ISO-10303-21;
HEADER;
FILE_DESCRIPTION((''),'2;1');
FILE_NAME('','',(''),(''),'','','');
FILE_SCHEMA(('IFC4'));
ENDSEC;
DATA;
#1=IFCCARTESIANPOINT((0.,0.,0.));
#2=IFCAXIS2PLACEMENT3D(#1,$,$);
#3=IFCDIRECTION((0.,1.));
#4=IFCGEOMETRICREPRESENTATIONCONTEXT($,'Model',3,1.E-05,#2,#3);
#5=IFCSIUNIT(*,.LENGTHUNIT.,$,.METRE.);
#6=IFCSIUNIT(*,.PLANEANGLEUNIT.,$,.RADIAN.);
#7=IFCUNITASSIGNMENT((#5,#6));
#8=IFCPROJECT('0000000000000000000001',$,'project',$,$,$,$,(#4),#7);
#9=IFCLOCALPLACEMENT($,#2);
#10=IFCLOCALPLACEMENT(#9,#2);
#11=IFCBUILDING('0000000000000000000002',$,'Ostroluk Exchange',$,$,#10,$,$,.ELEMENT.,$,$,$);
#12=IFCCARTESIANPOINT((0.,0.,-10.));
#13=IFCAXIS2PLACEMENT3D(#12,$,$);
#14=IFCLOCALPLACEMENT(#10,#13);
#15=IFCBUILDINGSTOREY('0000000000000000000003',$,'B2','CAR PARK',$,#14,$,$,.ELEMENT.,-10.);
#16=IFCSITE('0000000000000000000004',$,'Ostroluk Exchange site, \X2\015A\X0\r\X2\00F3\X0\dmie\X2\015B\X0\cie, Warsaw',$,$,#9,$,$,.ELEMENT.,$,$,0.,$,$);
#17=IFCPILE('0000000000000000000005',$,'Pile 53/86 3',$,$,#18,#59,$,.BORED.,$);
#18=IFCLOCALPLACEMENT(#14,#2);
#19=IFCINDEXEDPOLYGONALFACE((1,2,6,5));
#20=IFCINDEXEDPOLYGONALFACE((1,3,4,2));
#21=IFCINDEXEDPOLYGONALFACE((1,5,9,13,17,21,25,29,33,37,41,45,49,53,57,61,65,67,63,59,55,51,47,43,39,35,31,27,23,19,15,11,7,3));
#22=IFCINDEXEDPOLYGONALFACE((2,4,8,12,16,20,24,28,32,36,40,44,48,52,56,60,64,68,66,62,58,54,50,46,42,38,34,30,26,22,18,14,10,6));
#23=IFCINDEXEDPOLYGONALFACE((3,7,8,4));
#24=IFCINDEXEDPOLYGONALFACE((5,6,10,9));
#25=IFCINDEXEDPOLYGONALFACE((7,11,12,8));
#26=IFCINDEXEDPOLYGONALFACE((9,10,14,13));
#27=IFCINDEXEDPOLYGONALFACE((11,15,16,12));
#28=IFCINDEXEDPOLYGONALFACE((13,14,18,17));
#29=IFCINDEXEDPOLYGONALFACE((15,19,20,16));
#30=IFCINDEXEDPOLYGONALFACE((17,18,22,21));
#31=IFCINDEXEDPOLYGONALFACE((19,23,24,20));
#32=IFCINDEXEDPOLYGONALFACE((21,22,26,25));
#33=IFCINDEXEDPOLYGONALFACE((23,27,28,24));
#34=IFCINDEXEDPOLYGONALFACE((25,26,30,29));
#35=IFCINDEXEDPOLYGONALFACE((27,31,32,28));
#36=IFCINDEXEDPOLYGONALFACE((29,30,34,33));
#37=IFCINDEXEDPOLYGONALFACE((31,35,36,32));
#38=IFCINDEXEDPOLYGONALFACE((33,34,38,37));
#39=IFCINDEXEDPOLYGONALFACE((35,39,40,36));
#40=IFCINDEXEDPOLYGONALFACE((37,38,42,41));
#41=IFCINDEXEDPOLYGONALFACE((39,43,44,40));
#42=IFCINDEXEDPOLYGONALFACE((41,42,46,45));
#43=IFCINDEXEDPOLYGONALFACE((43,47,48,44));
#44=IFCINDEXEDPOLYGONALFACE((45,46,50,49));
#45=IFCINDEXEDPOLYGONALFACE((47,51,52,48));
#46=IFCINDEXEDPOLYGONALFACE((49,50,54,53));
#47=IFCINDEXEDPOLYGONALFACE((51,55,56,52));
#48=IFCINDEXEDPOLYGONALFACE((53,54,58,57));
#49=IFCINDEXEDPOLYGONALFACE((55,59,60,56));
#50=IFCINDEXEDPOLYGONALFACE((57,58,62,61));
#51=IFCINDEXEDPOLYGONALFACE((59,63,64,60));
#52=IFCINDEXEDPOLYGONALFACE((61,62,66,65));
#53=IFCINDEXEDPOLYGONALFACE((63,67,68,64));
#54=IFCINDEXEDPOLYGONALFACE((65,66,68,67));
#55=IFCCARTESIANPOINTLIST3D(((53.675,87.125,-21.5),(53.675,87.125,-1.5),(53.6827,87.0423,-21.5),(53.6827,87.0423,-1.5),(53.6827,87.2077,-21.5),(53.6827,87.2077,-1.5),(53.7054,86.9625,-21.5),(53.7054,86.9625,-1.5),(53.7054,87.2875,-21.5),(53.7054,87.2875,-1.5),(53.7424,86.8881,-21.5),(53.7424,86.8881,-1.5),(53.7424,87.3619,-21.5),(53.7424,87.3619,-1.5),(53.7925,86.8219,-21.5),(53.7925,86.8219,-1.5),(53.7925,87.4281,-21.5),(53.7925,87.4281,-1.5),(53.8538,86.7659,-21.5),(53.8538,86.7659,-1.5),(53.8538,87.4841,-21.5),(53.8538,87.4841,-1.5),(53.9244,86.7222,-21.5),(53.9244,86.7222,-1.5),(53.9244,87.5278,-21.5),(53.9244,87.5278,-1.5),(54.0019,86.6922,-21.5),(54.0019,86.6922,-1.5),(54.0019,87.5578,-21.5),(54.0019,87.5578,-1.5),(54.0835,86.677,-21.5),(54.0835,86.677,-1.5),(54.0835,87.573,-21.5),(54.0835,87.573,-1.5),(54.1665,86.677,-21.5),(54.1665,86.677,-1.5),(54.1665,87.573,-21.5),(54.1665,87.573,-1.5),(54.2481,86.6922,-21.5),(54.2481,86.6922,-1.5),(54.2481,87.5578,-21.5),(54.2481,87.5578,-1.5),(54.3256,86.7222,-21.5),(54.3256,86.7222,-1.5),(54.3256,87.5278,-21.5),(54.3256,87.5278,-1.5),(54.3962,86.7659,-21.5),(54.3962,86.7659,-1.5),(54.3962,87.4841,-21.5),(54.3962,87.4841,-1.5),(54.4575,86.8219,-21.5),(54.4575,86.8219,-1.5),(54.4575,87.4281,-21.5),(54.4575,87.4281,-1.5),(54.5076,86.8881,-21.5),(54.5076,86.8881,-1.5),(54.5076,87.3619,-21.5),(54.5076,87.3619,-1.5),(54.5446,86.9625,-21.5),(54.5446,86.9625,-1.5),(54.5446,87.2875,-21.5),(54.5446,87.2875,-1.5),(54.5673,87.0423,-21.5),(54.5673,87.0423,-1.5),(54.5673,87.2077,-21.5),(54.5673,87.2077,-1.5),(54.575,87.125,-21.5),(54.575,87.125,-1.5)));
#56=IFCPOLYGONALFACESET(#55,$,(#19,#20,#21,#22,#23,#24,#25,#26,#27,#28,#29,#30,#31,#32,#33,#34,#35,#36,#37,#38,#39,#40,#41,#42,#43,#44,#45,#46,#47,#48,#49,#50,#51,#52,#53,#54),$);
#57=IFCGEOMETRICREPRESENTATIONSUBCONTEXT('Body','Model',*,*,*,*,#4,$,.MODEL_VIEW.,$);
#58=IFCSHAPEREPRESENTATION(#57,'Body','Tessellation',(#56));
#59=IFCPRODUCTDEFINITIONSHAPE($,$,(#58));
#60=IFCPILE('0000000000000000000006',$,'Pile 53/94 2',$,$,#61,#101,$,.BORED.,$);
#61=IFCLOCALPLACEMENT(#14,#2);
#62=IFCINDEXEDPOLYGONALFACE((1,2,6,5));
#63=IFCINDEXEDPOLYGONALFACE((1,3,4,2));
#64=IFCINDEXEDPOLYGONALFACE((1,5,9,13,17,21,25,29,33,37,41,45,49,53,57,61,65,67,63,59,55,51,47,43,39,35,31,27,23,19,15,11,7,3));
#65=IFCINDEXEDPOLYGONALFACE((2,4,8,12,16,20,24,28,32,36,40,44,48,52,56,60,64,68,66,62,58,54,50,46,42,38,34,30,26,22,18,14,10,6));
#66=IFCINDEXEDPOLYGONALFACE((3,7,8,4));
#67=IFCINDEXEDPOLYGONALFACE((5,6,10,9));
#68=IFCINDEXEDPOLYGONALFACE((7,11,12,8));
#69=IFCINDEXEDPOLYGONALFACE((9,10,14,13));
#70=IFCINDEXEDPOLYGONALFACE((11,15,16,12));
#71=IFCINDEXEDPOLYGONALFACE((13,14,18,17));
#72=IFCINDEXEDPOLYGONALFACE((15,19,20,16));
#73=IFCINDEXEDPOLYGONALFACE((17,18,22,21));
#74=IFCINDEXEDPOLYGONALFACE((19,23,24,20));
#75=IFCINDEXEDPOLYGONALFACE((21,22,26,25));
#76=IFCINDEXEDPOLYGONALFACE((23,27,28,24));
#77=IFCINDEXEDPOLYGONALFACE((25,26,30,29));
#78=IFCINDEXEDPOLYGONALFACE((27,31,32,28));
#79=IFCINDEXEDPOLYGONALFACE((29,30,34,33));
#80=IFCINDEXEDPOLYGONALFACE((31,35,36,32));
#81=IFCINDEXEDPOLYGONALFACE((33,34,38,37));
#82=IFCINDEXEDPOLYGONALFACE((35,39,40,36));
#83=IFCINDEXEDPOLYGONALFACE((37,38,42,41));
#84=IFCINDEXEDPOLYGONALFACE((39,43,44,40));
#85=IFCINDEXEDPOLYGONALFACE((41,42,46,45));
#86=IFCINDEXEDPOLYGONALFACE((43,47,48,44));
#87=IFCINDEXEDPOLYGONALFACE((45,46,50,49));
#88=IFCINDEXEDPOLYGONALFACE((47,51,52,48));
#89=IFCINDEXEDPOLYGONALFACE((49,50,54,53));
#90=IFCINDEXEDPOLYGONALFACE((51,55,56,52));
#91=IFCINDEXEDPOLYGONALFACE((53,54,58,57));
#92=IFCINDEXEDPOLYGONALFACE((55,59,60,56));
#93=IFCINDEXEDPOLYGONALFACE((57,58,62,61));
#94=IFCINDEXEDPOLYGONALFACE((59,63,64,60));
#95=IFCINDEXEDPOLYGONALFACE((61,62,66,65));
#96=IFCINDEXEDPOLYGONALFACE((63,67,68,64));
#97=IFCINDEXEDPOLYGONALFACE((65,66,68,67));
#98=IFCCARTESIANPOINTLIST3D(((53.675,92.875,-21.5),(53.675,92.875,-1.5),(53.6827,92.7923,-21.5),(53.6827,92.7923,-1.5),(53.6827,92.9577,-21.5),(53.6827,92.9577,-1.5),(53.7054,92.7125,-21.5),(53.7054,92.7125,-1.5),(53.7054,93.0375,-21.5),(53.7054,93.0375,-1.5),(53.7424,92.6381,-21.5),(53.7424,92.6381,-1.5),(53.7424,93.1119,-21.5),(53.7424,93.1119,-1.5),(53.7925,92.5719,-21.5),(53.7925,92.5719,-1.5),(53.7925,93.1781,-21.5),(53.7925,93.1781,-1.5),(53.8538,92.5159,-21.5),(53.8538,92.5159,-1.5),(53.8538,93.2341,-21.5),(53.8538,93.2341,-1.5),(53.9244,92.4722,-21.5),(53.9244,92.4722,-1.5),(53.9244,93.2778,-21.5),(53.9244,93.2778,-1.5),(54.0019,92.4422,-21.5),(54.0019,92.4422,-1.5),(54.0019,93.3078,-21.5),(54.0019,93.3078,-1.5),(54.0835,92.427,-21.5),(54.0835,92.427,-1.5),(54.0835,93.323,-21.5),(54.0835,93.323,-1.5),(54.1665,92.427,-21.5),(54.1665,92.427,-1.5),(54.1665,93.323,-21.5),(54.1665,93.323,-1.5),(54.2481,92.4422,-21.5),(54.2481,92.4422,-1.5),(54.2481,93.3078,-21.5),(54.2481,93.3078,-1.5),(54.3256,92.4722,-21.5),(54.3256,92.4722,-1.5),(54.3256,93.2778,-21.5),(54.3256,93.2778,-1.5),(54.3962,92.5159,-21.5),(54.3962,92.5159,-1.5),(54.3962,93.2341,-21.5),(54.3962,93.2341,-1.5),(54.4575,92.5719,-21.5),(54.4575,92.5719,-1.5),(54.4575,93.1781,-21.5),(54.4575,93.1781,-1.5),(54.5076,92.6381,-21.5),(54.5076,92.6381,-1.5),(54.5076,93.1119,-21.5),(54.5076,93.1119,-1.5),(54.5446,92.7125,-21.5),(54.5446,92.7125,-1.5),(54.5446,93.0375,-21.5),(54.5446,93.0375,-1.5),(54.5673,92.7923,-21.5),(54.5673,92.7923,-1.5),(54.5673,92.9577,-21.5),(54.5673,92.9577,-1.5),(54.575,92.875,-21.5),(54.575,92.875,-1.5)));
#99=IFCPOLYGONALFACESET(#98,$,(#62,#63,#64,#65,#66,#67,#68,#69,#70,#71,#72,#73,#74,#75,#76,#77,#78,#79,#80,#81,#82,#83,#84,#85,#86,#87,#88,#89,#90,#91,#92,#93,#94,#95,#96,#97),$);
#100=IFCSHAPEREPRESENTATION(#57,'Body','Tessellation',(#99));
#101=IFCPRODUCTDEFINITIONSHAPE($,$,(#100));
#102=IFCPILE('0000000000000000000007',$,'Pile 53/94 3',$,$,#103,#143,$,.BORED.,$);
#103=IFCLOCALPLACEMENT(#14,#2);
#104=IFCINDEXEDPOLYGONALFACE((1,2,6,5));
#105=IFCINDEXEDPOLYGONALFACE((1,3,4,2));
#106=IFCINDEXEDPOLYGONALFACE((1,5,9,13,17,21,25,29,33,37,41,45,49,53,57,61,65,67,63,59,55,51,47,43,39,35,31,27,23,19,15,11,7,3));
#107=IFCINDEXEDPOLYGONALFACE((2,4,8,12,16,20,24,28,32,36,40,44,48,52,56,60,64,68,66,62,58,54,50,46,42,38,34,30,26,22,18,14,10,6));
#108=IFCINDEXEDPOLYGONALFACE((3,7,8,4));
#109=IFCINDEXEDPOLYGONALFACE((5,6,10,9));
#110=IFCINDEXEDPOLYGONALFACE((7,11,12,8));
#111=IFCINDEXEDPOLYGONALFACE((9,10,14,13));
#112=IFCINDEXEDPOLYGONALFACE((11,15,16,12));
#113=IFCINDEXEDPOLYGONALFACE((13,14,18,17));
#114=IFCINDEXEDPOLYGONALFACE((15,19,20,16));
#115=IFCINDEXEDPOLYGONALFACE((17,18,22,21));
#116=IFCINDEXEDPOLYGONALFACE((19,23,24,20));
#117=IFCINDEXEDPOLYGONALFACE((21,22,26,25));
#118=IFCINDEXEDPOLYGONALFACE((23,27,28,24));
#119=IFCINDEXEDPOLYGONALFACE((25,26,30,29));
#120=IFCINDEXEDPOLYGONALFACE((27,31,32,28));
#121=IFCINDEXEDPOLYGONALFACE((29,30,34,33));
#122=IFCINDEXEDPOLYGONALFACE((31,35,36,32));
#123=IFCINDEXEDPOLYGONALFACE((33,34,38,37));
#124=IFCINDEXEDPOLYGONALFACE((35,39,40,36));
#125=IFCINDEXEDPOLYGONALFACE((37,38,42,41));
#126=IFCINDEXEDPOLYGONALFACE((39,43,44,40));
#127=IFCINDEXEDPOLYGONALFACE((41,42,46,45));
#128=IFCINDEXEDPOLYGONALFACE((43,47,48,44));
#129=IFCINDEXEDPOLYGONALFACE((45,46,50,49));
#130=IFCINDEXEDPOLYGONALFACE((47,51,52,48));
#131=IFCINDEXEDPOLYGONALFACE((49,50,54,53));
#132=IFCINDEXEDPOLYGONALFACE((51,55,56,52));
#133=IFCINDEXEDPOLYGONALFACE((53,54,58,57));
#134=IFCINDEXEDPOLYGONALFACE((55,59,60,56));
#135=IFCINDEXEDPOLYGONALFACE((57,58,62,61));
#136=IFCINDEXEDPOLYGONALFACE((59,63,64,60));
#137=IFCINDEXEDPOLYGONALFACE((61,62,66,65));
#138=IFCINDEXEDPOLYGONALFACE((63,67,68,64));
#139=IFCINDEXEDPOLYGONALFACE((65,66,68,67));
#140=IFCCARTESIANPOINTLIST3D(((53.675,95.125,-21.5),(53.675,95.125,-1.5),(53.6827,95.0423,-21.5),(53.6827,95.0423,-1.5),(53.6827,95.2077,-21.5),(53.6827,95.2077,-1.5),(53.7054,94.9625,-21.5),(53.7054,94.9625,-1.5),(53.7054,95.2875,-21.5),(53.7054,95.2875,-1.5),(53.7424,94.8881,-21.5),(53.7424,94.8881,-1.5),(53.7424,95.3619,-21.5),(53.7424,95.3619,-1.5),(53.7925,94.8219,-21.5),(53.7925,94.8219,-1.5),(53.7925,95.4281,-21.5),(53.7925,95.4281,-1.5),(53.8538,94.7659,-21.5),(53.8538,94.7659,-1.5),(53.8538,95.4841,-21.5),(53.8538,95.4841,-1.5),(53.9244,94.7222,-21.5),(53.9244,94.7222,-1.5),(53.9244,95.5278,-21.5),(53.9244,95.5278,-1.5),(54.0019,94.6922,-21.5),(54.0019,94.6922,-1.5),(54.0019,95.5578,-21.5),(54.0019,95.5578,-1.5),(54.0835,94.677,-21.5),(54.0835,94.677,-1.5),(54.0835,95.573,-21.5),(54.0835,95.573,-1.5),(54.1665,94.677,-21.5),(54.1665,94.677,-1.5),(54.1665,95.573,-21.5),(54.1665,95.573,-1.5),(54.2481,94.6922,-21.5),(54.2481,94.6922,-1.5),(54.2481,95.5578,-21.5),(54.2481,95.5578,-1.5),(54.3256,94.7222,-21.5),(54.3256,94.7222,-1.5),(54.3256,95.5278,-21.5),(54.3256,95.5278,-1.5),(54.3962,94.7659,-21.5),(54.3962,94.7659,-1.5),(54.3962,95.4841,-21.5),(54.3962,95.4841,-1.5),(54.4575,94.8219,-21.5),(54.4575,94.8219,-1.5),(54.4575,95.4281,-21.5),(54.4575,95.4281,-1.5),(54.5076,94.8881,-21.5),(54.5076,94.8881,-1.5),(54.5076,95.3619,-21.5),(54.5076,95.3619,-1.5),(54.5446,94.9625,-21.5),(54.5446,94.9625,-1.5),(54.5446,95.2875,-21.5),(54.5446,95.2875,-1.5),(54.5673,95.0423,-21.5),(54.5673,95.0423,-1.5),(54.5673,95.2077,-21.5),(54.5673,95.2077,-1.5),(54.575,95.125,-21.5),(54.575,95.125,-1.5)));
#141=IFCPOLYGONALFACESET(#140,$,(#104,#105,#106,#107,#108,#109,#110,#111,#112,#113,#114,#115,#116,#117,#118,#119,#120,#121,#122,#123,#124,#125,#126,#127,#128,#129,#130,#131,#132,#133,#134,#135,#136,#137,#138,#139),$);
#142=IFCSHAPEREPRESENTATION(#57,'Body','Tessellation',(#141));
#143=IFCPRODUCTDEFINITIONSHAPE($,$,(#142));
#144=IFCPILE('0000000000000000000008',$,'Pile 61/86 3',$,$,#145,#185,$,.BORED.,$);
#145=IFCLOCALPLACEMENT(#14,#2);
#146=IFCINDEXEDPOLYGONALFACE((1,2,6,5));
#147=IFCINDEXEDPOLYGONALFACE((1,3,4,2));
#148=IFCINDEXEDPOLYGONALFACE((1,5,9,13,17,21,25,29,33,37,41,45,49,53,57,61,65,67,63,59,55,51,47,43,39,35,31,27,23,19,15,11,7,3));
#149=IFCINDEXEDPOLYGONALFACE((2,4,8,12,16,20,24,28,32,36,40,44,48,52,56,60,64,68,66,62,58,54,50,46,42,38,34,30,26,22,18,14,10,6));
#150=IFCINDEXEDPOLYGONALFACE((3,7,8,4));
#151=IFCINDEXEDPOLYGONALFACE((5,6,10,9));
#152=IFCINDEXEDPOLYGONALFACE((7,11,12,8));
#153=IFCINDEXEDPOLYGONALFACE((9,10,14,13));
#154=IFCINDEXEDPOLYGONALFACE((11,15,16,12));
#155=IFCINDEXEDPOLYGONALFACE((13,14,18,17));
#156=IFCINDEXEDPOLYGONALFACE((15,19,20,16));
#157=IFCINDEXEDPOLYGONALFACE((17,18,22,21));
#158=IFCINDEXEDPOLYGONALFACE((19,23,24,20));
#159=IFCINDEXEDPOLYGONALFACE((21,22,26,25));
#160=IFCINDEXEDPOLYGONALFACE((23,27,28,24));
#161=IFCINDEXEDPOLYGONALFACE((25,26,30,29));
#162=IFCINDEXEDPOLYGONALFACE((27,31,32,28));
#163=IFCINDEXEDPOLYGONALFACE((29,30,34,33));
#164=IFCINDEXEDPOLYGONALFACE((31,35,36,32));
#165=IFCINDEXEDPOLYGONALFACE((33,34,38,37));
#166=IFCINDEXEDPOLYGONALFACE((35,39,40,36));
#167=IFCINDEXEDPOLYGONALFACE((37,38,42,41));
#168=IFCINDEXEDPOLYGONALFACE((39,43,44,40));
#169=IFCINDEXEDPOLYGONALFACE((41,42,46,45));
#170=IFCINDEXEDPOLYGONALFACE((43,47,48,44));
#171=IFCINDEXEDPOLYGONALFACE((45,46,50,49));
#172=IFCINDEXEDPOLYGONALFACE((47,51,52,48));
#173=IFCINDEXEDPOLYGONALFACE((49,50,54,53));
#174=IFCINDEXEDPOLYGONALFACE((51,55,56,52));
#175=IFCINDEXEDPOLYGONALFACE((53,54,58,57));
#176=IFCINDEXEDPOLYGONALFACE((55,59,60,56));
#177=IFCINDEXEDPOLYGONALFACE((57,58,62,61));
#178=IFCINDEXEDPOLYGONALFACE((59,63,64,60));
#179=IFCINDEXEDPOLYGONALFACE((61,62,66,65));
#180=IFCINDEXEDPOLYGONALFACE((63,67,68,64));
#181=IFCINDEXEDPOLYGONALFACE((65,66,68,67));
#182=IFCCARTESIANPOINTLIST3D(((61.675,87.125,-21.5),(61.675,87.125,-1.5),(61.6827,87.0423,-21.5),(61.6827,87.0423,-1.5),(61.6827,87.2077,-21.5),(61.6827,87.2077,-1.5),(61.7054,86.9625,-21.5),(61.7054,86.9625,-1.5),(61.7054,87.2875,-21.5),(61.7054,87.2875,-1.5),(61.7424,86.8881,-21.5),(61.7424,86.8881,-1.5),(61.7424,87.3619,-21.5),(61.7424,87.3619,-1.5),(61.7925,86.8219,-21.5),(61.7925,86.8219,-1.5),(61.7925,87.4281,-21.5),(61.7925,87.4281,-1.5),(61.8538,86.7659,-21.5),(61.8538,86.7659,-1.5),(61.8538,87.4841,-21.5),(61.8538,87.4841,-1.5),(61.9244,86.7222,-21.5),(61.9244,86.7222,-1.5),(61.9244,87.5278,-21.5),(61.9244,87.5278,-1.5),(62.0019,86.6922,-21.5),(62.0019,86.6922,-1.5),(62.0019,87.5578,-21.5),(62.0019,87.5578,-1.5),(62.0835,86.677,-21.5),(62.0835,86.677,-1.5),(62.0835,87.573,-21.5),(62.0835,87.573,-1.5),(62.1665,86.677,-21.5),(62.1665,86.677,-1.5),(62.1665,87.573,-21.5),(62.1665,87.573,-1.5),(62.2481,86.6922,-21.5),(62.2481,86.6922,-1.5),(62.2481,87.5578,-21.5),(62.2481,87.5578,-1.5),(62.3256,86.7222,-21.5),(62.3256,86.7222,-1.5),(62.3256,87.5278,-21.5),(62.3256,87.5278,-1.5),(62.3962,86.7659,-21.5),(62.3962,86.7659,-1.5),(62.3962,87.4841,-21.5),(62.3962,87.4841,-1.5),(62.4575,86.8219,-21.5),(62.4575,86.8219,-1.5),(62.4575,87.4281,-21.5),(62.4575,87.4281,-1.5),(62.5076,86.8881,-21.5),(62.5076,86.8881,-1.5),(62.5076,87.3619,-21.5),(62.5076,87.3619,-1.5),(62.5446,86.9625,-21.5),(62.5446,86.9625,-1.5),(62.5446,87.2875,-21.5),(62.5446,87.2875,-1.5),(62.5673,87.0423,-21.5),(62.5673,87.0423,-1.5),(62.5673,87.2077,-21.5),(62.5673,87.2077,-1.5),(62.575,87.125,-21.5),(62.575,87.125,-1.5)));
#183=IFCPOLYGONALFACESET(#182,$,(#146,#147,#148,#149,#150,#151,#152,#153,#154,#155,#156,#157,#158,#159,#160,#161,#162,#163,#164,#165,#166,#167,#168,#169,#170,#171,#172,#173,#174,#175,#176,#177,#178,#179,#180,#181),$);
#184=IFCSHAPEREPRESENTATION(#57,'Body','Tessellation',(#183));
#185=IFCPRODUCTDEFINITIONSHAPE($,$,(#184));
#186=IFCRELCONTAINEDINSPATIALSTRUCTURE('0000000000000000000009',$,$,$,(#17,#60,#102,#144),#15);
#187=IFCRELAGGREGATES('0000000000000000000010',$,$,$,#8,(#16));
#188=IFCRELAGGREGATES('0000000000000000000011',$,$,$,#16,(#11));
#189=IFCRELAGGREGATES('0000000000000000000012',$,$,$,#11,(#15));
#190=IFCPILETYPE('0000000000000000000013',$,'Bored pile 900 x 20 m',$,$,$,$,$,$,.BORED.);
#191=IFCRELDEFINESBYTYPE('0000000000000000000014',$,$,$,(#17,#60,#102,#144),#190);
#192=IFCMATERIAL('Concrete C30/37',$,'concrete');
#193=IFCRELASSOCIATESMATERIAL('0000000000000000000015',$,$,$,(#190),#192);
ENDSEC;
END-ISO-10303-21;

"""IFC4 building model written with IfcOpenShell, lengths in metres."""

from ifc_helpers import new_model, si_unit, direction, frame, origin, origin_2d, place, context, subcontext, project, spatial, circle, extrude, material, type_object, element, save


model = new_model("IFC4")

# Units and contexts
model_context = context("Model", 3, precision=1e-05, world=origin(), true_north=direction((0.0, 1.0)))
body_context = subcontext(model_context, "Body", "Model", "MODEL_VIEW")
ifc_project = project(units=[si_unit("LENGTHUNIT", "METRE"), si_unit("PLANEANGLEUNIT", "RADIAN")], contexts=[model_context])

# Site, building, storey
site_placement = place(None, origin())
site = spatial("IfcSite", under=ifc_project, at=site_placement, Name="Ostroluk Exchange site, Śródmieście, Warsaw", CompositionType="ELEMENT", RefElevation=0.0)
building_placement = place(site_placement, origin())
building = spatial("IfcBuilding", under=site, at=building_placement, Name="Ostroluk Exchange", CompositionType="ELEMENT")
storey_placement = place(building_placement, frame((0.0, 0.0, -10.0)))
storey = spatial("IfcBuildingStorey", under=building, at=storey_placement, Name="B2", Description="CAR PARK", CompositionType="ELEMENT", Elevation=-10.0)

# Piles
ifc_material_1 = material(Name="Concrete C30/37", Category="concrete")
pile_type = type_object("IfcPileType", Name="Bored pile 900 x 20 m", PredefinedType="BORED", material=ifc_material_1)
for number, where, z_axis, x_axis, name in (
    (1, (54.125, 87.125, -1.5), (0.0, 0.0, -1.0), (1.0, 0.0, 0.0), "Pile 53/86 3"),
    (2, (54.125, 92.875, -1.5), (0.0, 0.0, -1.0), (1.0, 0.0, 0.0), "Pile 53/94 2"),
    (3, (54.125, 95.125, -1.5), (0.0, 0.0, -1.0), (1.0, 0.0, 0.0), "Pile 53/94 3"),
    (4, (62.125, 87.125, -1.5), (0.0, 0.0, -1.0), (1.0, 0.0, 0.0), "Pile 61/86 3"),
):
    element("IfcPile", number, at=place(storey_placement, frame(where, z_axis=z_axis, x_axis=x_axis)), inside=storey, type_object=pile_type, Name=name, PredefinedType="BORED", context=body_context, shape_type="SweptSolid", body=[
        extrude(circle(Radius=0.45, at=origin_2d()), origin(), (0.0, 0.0, 1.0), 20.0),
    ])

save(model, "model.ifc")
